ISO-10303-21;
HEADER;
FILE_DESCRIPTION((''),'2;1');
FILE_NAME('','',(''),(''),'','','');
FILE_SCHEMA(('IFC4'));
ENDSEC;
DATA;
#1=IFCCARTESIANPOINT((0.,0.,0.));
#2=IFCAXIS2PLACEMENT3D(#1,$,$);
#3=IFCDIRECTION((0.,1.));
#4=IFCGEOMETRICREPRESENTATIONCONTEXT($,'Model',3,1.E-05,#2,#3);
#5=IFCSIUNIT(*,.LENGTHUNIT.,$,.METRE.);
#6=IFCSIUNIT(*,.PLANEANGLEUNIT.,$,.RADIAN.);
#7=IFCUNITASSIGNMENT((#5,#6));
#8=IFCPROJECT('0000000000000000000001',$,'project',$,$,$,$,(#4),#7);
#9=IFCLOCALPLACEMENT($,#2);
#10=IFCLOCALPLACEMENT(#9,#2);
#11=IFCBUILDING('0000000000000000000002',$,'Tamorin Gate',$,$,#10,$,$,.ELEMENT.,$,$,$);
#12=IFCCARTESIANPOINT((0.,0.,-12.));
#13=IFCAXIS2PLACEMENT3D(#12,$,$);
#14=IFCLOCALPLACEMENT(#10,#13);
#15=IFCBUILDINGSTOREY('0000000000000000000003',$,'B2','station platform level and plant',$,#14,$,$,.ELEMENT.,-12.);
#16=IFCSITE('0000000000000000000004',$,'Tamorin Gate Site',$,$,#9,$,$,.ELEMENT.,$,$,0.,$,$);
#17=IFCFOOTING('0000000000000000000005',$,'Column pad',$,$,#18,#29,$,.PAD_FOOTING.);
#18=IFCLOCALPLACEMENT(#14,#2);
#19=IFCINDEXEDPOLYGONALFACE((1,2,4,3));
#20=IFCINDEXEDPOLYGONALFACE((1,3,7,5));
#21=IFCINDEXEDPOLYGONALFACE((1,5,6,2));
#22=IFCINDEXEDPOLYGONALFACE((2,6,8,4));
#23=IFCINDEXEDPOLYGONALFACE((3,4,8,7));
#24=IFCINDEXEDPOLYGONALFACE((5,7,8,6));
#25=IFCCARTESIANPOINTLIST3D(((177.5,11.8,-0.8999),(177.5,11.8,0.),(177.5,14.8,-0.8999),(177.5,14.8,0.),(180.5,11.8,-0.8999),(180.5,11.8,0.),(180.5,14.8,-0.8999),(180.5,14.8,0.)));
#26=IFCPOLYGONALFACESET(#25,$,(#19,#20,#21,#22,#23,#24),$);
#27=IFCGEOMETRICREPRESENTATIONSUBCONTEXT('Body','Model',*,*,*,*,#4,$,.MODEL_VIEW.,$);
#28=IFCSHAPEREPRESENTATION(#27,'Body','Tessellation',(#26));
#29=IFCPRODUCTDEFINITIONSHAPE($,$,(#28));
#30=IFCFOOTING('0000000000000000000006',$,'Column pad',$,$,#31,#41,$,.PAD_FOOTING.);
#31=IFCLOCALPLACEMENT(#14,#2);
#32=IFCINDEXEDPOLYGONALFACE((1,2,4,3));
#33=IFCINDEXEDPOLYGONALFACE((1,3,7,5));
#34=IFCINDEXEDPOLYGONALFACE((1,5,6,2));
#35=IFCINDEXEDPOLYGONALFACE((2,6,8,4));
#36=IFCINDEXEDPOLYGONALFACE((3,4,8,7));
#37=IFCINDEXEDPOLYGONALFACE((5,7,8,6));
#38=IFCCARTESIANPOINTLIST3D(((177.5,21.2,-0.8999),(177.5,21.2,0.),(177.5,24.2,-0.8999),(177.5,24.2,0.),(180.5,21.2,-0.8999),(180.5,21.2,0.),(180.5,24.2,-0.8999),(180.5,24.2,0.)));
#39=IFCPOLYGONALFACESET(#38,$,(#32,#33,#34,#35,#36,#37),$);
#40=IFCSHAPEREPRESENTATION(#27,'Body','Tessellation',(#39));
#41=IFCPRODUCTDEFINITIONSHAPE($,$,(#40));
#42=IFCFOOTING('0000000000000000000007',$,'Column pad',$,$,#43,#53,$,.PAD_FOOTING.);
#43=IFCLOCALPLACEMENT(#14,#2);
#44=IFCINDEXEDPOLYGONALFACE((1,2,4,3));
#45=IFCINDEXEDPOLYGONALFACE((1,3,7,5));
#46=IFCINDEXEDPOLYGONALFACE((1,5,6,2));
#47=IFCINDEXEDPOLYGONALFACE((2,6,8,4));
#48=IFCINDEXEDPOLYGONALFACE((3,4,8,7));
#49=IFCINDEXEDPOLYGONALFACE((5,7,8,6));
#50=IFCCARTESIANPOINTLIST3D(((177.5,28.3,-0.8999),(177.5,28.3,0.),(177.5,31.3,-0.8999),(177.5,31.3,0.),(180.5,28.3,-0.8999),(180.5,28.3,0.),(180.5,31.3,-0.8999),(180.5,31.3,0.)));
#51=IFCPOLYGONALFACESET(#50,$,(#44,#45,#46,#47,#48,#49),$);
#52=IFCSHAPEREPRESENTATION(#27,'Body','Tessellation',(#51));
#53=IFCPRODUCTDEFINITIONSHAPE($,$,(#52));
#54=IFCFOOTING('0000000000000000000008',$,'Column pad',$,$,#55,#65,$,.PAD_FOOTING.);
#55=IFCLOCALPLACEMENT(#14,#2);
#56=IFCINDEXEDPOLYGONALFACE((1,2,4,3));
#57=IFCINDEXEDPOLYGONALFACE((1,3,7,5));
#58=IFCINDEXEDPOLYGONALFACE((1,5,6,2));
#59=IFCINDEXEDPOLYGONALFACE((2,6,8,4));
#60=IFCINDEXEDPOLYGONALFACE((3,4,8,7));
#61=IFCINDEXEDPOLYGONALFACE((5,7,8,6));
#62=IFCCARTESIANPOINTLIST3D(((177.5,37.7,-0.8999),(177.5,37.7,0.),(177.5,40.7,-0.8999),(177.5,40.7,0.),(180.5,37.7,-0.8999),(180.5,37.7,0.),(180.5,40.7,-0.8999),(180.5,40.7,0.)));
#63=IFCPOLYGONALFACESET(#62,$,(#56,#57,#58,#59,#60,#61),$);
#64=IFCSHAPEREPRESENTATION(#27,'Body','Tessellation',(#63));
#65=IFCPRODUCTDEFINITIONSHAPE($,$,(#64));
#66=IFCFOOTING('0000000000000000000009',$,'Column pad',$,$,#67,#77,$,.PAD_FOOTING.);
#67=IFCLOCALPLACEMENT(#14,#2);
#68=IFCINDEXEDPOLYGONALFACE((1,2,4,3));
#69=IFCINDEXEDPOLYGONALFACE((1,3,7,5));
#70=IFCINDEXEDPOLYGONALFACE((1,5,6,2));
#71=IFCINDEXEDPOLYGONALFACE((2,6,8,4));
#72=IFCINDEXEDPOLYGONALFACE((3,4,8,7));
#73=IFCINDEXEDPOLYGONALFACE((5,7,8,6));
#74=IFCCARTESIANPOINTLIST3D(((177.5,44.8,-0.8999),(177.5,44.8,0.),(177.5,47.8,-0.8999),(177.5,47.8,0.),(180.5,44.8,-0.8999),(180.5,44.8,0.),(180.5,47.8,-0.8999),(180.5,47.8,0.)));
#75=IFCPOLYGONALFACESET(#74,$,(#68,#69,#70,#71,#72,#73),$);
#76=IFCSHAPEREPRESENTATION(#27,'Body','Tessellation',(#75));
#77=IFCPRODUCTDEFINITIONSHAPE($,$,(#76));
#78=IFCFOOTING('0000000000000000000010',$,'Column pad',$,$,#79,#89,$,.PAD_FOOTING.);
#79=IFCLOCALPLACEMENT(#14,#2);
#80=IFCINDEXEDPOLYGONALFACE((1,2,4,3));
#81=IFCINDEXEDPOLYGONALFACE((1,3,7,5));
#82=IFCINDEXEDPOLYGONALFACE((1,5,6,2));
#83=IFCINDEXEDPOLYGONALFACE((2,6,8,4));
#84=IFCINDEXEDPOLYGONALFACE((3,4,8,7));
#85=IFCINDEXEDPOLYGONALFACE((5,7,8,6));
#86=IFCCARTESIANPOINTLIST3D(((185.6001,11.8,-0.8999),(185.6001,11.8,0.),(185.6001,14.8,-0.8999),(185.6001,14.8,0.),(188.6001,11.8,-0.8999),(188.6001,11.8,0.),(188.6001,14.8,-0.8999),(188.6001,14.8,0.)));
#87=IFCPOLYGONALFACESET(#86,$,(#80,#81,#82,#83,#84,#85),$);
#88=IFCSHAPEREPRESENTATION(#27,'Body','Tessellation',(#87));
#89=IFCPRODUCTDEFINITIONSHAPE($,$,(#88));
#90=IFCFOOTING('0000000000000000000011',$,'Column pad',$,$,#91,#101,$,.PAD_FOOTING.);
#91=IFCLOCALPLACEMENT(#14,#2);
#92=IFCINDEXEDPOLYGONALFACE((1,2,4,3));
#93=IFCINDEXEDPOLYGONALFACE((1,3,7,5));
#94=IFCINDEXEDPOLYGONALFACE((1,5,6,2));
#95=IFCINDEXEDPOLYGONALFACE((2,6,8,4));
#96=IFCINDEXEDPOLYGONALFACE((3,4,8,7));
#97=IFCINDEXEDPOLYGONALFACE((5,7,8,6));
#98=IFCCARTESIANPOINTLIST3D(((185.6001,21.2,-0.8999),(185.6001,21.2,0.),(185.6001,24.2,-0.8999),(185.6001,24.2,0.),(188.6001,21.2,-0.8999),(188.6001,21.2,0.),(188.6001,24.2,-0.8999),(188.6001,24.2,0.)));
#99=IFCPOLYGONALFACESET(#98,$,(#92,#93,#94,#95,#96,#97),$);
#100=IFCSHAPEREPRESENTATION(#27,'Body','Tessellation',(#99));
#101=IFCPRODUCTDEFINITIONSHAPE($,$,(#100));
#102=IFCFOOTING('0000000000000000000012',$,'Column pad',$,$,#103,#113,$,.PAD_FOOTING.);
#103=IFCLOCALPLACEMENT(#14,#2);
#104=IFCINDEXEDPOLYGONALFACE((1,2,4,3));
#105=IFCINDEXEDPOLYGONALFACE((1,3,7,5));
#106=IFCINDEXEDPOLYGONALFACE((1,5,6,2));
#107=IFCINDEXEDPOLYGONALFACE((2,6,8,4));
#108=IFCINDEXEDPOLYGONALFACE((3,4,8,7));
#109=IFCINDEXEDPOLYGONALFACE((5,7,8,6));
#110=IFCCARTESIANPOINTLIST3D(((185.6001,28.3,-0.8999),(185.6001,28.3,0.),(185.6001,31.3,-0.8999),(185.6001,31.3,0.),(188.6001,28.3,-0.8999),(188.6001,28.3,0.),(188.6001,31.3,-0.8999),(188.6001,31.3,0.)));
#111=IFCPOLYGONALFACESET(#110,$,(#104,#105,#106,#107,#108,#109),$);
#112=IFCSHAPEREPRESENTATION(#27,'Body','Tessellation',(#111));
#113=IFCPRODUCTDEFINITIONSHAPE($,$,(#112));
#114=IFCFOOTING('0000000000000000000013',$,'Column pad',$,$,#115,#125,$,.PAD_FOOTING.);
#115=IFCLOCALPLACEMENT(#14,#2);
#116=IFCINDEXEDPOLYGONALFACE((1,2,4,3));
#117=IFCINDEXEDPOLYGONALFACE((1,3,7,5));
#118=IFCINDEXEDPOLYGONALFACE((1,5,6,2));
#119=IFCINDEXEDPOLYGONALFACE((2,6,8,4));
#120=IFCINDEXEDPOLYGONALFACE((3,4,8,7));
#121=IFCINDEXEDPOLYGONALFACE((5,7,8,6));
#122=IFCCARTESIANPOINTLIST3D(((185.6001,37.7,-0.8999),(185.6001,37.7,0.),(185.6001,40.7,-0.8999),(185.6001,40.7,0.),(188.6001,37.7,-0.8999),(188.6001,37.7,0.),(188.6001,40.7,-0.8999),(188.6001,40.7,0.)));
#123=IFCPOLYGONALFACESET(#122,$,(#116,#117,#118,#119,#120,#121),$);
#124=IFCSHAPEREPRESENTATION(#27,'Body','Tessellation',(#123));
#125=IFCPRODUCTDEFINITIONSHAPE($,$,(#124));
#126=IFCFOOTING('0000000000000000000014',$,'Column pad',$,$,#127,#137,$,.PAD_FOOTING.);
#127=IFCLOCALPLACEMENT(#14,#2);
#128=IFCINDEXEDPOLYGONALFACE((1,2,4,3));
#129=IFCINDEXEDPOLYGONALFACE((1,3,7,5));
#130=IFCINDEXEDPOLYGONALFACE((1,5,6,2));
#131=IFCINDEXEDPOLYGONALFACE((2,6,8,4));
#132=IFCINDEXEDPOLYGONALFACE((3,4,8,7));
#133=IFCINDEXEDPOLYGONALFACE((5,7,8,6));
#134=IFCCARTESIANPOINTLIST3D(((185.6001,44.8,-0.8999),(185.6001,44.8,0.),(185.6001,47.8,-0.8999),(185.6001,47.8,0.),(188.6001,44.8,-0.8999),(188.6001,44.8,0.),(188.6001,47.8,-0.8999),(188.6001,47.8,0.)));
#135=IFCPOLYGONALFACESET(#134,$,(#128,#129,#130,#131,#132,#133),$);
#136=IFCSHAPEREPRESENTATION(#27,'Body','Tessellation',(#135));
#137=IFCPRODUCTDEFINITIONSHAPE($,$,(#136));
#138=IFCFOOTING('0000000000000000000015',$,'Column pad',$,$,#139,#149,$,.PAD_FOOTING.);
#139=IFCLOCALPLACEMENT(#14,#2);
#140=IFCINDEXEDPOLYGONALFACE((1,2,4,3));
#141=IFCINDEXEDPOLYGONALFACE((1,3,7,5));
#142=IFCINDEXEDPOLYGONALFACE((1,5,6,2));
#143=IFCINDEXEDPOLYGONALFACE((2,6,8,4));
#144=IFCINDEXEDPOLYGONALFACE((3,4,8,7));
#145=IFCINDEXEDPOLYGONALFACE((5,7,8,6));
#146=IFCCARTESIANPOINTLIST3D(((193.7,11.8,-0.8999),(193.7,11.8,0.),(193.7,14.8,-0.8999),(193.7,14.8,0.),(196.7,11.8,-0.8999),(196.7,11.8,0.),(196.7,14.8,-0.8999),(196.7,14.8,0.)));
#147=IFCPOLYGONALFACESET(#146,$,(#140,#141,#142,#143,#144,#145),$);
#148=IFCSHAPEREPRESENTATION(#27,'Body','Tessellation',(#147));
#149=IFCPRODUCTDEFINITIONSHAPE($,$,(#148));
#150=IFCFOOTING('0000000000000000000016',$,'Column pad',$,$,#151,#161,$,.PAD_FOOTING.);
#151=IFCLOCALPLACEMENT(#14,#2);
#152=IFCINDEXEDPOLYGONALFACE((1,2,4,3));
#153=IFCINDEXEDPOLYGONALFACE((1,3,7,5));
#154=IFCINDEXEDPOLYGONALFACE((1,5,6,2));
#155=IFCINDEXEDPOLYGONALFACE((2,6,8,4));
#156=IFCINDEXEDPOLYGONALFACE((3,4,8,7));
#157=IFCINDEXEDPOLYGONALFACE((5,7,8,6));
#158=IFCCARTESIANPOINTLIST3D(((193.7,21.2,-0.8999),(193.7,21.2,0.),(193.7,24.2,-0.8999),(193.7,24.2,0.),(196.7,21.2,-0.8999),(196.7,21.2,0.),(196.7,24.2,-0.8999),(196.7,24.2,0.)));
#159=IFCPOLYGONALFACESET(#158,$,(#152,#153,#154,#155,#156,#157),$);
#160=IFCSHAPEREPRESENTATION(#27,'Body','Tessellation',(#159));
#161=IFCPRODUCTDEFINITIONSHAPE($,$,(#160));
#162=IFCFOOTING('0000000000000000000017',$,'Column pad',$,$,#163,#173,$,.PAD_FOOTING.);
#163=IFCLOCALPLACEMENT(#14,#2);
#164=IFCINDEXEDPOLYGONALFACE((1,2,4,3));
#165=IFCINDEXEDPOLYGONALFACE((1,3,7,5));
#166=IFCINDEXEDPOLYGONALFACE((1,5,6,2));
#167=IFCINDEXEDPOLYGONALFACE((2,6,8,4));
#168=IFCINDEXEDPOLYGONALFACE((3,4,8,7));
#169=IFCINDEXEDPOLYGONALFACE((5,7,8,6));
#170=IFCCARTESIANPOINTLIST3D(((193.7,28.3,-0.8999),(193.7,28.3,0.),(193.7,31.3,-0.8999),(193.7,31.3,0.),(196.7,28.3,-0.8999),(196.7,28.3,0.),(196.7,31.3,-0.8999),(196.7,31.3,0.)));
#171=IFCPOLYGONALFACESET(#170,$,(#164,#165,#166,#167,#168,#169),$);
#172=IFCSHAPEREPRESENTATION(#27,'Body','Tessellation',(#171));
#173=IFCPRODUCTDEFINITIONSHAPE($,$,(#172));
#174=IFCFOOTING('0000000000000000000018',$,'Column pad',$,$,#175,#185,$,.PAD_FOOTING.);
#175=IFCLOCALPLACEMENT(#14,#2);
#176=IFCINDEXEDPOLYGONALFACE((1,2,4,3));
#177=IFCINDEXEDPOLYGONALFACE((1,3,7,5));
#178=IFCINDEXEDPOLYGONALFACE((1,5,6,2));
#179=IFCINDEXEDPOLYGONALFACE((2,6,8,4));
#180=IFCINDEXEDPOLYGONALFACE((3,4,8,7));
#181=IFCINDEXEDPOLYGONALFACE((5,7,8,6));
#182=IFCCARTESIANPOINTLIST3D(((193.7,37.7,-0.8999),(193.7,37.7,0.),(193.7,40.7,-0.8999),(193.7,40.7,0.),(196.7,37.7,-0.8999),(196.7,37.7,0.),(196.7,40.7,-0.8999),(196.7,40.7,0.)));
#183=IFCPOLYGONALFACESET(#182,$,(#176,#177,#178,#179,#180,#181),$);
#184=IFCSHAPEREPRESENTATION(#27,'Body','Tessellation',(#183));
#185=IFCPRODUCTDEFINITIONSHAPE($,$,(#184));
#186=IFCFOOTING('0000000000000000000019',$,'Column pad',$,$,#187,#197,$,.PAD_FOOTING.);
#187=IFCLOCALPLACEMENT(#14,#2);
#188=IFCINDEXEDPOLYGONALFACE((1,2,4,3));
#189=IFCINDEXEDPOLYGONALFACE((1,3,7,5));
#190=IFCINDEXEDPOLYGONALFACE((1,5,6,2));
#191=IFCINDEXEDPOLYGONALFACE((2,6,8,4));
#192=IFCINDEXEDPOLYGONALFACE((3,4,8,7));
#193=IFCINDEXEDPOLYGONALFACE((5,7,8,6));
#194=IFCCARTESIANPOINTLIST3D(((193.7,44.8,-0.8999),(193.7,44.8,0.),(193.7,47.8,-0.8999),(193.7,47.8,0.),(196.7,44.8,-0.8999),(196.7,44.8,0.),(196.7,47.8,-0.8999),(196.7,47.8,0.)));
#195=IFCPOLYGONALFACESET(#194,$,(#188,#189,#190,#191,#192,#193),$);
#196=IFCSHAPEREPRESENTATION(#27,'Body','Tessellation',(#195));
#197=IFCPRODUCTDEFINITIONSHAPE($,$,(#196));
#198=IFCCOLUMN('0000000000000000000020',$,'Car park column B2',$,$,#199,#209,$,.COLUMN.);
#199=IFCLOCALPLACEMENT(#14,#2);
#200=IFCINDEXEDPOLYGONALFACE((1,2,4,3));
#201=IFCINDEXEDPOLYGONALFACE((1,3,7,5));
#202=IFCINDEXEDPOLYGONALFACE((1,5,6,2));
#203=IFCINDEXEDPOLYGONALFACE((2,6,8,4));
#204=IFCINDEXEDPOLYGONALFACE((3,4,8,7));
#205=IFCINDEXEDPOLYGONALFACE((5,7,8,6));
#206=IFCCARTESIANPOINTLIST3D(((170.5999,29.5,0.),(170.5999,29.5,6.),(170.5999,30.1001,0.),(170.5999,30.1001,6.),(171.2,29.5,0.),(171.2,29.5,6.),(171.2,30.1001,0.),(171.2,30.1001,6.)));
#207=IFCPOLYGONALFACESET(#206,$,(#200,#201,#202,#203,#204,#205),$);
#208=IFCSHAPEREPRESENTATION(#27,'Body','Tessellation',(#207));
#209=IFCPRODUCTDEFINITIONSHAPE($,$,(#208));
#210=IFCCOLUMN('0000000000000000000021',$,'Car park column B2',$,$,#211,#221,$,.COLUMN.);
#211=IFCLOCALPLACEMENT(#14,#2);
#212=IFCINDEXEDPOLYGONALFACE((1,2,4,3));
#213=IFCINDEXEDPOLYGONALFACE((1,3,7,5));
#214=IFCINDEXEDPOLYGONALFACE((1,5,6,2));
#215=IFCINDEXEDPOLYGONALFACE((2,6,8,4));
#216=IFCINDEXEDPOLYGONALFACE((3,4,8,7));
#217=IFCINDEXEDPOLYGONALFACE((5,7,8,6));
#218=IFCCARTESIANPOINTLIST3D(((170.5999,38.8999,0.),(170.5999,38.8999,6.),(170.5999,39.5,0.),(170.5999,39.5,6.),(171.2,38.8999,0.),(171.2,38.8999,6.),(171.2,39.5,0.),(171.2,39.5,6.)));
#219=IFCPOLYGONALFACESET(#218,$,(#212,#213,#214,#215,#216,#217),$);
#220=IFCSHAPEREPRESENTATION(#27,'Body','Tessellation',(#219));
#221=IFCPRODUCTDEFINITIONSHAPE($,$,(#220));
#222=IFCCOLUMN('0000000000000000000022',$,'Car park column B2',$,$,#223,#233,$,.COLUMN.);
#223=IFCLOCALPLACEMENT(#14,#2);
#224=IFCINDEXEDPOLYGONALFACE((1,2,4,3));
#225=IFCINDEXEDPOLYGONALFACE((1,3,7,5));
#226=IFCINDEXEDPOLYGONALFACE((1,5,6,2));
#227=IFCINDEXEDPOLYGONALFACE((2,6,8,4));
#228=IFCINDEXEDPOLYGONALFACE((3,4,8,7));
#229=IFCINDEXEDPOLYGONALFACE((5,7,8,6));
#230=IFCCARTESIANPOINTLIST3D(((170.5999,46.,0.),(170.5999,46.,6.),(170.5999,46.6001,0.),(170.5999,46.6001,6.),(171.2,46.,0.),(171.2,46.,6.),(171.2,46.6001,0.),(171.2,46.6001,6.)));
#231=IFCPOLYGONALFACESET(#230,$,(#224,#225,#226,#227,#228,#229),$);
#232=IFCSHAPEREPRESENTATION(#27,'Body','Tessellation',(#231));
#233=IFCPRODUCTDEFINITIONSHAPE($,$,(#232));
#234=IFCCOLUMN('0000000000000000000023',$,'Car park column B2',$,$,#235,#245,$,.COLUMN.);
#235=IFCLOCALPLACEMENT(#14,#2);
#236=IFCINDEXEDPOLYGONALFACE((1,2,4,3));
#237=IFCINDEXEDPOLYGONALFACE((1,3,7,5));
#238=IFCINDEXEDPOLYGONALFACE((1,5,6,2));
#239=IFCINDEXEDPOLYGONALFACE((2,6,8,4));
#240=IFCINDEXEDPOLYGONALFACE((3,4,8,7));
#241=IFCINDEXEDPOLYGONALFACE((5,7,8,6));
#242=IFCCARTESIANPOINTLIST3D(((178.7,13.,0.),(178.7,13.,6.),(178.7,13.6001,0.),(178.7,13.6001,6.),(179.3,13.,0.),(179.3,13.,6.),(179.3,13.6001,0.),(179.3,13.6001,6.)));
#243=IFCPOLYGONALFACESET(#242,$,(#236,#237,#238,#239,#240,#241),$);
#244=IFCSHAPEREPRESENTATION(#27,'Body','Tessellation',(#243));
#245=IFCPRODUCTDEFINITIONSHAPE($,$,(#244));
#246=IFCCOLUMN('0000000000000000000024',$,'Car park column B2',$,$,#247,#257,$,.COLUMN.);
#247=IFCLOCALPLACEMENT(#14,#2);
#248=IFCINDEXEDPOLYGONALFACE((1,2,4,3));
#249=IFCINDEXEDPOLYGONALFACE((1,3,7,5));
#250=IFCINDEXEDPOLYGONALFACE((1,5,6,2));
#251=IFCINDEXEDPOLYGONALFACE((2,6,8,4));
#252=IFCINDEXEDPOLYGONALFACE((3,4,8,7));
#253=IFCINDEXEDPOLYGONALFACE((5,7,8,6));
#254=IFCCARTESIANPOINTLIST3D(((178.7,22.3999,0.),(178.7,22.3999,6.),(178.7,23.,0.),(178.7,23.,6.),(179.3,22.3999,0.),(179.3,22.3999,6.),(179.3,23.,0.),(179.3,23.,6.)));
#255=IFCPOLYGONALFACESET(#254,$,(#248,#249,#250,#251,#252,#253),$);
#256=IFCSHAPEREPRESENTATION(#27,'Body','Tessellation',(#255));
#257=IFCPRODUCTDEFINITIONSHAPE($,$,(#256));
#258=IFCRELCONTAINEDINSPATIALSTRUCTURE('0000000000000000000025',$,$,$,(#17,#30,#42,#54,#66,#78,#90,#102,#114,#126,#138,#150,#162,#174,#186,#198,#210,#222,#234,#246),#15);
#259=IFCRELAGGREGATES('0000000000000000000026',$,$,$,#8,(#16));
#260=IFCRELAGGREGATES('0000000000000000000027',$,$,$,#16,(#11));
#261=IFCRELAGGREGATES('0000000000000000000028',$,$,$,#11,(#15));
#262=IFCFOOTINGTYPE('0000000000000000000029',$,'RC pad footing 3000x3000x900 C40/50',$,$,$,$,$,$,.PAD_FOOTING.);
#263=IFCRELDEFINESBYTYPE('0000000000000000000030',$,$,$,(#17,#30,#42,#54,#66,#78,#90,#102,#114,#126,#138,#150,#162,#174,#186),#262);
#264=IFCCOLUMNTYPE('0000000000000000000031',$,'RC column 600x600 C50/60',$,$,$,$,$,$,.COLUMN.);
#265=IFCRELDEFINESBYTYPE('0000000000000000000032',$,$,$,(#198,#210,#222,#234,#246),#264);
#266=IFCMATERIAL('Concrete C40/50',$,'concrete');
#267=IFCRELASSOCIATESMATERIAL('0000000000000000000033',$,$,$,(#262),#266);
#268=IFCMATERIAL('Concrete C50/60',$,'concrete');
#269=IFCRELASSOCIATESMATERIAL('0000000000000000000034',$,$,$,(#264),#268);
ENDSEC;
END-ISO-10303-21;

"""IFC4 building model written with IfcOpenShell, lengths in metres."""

from ifc_helpers import new_model, si_unit, direction, frame, origin, origin_2d, place, context, subcontext, project, spatial, rectangle, extrude, material, material_profile, profile_set, type_object, element, save


model = new_model("IFC4")

# Units and contexts
model_context = context("Model", 3, precision=1e-05, world=origin(), true_north=direction((0.0, 1.0)))
body_context = subcontext(model_context, "Body", "Model", "MODEL_VIEW")
ifc_project = project(units=[si_unit("LENGTHUNIT", "METRE"), si_unit("PLANEANGLEUNIT", "RADIAN")], contexts=[model_context])

# Site, building, storey
site_placement = place(None, origin())
site = spatial("IfcSite", under=ifc_project, at=site_placement, Name="Tamorin Gate Site", CompositionType="ELEMENT", RefElevation=0.0)
building_placement = place(site_placement, origin())
building = spatial("IfcBuilding", under=site, at=building_placement, Name="Tamorin Gate", CompositionType="ELEMENT")
storey_placement = place(building_placement, frame((0.0, 0.0, -12.0)))
storey = spatial("IfcBuildingStorey", under=building, at=storey_placement, Name="B2", Description="station platform level and plant", CompositionType="ELEMENT", Elevation=-12.0)

# Footings
ifc_material_1 = material(Name="Concrete C40/50", Category="concrete")
footing_type = type_object("IfcFootingType", Name="RC pad footing 3000x3000x900 C40/50", PredefinedType="PAD_FOOTING", material=ifc_material_1)
for number, where, z_axis, x_axis, name in (
    (1, (179.0, 13.3, -0.8999), (0.0, 0.0, 1.0), (1.0, 0.0, 0.0), "Column pad"),
    (2, (179.0, 22.7, -0.8999), (0.0, 0.0, 1.0), (1.0, 0.0, 0.0), "Column pad"),
    (3, (179.0, 29.8, -0.8999), (0.0, 0.0, 1.0), (1.0, 0.0, 0.0), "Column pad"),
    (4, (179.0, 39.2, -0.8999), (0.0, 0.0, 1.0), (1.0, 0.0, 0.0), "Column pad"),
    (5, (179.0, 46.3, -0.8999), (0.0, 0.0, 1.0), (1.0, 0.0, 0.0), "Column pad"),
    (6, (187.1001, 13.3, -0.8999), (0.0, 0.0, 1.0), (1.0, 0.0, 0.0), "Column pad"),
    (7, (187.1001, 22.7, -0.8999), (0.0, 0.0, 1.0), (1.0, 0.0, 0.0), "Column pad"),
    (8, (187.1001, 29.8, -0.8999), (0.0, 0.0, 1.0), (1.0, 0.0, 0.0), "Column pad"),
    (9, (187.1001, 39.2, -0.8999), (0.0, 0.0, 1.0), (1.0, 0.0, 0.0), "Column pad"),
    (10, (187.1001, 46.3, -0.8999), (0.0, 0.0, 1.0), (1.0, 0.0, 0.0), "Column pad"),
    (11, (195.2, 13.3, -0.8999), (0.0, 0.0, 1.0), (1.0, 0.0, 0.0), "Column pad"),
    (12, (195.2, 22.7, -0.8999), (0.0, 0.0, 1.0), (1.0, 0.0, 0.0), "Column pad"),
    (13, (195.2, 29.8, -0.8999), (0.0, 0.0, 1.0), (1.0, 0.0, 0.0), "Column pad"),
    (14, (195.2, 39.2, -0.8999), (0.0, 0.0, 1.0), (1.0, 0.0, 0.0), "Column pad"),
    (15, (195.2, 46.3, -0.8999), (0.0, 0.0, 1.0), (1.0, 0.0, 0.0), "Column pad"),
):
    element("IfcFooting", number, at=place(storey_placement, frame(where, z_axis=z_axis, x_axis=x_axis)), inside=storey, type_object=footing_type, Name=name, PredefinedType="PAD_FOOTING", context=body_context, shape_type="SweptSolid", body=[
        extrude(rectangle(XDim=3.0, YDim=3.0, at=origin_2d()), origin(), (0.0, 0.0, 1.0), 0.8999),
    ])

# Columns
ifc_material_2 = material(Name="Concrete C50/60", Category="concrete")
ifc_material_profile_1 = material_profile(ifc_material_2, rectangle(XDim=0.6001, YDim=0.6001, at=origin_2d()))
ifc_profile_set_1 = profile_set([ifc_material_profile_1], Name="Concrete C50/60")
column_type = type_object("IfcColumnType", Name="RC column 600x600 C50/60", PredefinedType="COLUMN", material=ifc_profile_set_1)
for number, where, z_axis, x_axis, name in (
    (16, (170.8999, 29.8, 0.0), (0.0, 0.0, 1.0), (1.0, 0.0, 0.0), "Car park column B2"),
    (17, (170.8999, 39.2, 0.0), (0.0, 0.0, 1.0), (1.0, 0.0, 0.0), "Car park column B2"),
    (18, (170.8999, 46.3, 0.0), (0.0, 0.0, 1.0), (1.0, 0.0, 0.0), "Car park column B2"),
    (19, (179.0, 13.3, 0.0), (0.0, 0.0, 1.0), (1.0, 0.0, 0.0), "Car park column B2"),
    (20, (179.0, 22.7, 0.0), (0.0, 0.0, 1.0), (1.0, 0.0, 0.0), "Car park column B2"),
):
    element("IfcColumn", number, at=place(storey_placement, frame(where, z_axis=z_axis, x_axis=x_axis)), inside=storey, type_object=column_type, Name=name, PredefinedType="COLUMN", context=body_context, shape_type="SweptSolid", body=[
        extrude(rectangle(XDim=0.6001, YDim=0.6001, at=origin_2d()), origin(), (0.0, 0.0, 1.0), 6.0),
    ])

save(model, "model.ifc")
